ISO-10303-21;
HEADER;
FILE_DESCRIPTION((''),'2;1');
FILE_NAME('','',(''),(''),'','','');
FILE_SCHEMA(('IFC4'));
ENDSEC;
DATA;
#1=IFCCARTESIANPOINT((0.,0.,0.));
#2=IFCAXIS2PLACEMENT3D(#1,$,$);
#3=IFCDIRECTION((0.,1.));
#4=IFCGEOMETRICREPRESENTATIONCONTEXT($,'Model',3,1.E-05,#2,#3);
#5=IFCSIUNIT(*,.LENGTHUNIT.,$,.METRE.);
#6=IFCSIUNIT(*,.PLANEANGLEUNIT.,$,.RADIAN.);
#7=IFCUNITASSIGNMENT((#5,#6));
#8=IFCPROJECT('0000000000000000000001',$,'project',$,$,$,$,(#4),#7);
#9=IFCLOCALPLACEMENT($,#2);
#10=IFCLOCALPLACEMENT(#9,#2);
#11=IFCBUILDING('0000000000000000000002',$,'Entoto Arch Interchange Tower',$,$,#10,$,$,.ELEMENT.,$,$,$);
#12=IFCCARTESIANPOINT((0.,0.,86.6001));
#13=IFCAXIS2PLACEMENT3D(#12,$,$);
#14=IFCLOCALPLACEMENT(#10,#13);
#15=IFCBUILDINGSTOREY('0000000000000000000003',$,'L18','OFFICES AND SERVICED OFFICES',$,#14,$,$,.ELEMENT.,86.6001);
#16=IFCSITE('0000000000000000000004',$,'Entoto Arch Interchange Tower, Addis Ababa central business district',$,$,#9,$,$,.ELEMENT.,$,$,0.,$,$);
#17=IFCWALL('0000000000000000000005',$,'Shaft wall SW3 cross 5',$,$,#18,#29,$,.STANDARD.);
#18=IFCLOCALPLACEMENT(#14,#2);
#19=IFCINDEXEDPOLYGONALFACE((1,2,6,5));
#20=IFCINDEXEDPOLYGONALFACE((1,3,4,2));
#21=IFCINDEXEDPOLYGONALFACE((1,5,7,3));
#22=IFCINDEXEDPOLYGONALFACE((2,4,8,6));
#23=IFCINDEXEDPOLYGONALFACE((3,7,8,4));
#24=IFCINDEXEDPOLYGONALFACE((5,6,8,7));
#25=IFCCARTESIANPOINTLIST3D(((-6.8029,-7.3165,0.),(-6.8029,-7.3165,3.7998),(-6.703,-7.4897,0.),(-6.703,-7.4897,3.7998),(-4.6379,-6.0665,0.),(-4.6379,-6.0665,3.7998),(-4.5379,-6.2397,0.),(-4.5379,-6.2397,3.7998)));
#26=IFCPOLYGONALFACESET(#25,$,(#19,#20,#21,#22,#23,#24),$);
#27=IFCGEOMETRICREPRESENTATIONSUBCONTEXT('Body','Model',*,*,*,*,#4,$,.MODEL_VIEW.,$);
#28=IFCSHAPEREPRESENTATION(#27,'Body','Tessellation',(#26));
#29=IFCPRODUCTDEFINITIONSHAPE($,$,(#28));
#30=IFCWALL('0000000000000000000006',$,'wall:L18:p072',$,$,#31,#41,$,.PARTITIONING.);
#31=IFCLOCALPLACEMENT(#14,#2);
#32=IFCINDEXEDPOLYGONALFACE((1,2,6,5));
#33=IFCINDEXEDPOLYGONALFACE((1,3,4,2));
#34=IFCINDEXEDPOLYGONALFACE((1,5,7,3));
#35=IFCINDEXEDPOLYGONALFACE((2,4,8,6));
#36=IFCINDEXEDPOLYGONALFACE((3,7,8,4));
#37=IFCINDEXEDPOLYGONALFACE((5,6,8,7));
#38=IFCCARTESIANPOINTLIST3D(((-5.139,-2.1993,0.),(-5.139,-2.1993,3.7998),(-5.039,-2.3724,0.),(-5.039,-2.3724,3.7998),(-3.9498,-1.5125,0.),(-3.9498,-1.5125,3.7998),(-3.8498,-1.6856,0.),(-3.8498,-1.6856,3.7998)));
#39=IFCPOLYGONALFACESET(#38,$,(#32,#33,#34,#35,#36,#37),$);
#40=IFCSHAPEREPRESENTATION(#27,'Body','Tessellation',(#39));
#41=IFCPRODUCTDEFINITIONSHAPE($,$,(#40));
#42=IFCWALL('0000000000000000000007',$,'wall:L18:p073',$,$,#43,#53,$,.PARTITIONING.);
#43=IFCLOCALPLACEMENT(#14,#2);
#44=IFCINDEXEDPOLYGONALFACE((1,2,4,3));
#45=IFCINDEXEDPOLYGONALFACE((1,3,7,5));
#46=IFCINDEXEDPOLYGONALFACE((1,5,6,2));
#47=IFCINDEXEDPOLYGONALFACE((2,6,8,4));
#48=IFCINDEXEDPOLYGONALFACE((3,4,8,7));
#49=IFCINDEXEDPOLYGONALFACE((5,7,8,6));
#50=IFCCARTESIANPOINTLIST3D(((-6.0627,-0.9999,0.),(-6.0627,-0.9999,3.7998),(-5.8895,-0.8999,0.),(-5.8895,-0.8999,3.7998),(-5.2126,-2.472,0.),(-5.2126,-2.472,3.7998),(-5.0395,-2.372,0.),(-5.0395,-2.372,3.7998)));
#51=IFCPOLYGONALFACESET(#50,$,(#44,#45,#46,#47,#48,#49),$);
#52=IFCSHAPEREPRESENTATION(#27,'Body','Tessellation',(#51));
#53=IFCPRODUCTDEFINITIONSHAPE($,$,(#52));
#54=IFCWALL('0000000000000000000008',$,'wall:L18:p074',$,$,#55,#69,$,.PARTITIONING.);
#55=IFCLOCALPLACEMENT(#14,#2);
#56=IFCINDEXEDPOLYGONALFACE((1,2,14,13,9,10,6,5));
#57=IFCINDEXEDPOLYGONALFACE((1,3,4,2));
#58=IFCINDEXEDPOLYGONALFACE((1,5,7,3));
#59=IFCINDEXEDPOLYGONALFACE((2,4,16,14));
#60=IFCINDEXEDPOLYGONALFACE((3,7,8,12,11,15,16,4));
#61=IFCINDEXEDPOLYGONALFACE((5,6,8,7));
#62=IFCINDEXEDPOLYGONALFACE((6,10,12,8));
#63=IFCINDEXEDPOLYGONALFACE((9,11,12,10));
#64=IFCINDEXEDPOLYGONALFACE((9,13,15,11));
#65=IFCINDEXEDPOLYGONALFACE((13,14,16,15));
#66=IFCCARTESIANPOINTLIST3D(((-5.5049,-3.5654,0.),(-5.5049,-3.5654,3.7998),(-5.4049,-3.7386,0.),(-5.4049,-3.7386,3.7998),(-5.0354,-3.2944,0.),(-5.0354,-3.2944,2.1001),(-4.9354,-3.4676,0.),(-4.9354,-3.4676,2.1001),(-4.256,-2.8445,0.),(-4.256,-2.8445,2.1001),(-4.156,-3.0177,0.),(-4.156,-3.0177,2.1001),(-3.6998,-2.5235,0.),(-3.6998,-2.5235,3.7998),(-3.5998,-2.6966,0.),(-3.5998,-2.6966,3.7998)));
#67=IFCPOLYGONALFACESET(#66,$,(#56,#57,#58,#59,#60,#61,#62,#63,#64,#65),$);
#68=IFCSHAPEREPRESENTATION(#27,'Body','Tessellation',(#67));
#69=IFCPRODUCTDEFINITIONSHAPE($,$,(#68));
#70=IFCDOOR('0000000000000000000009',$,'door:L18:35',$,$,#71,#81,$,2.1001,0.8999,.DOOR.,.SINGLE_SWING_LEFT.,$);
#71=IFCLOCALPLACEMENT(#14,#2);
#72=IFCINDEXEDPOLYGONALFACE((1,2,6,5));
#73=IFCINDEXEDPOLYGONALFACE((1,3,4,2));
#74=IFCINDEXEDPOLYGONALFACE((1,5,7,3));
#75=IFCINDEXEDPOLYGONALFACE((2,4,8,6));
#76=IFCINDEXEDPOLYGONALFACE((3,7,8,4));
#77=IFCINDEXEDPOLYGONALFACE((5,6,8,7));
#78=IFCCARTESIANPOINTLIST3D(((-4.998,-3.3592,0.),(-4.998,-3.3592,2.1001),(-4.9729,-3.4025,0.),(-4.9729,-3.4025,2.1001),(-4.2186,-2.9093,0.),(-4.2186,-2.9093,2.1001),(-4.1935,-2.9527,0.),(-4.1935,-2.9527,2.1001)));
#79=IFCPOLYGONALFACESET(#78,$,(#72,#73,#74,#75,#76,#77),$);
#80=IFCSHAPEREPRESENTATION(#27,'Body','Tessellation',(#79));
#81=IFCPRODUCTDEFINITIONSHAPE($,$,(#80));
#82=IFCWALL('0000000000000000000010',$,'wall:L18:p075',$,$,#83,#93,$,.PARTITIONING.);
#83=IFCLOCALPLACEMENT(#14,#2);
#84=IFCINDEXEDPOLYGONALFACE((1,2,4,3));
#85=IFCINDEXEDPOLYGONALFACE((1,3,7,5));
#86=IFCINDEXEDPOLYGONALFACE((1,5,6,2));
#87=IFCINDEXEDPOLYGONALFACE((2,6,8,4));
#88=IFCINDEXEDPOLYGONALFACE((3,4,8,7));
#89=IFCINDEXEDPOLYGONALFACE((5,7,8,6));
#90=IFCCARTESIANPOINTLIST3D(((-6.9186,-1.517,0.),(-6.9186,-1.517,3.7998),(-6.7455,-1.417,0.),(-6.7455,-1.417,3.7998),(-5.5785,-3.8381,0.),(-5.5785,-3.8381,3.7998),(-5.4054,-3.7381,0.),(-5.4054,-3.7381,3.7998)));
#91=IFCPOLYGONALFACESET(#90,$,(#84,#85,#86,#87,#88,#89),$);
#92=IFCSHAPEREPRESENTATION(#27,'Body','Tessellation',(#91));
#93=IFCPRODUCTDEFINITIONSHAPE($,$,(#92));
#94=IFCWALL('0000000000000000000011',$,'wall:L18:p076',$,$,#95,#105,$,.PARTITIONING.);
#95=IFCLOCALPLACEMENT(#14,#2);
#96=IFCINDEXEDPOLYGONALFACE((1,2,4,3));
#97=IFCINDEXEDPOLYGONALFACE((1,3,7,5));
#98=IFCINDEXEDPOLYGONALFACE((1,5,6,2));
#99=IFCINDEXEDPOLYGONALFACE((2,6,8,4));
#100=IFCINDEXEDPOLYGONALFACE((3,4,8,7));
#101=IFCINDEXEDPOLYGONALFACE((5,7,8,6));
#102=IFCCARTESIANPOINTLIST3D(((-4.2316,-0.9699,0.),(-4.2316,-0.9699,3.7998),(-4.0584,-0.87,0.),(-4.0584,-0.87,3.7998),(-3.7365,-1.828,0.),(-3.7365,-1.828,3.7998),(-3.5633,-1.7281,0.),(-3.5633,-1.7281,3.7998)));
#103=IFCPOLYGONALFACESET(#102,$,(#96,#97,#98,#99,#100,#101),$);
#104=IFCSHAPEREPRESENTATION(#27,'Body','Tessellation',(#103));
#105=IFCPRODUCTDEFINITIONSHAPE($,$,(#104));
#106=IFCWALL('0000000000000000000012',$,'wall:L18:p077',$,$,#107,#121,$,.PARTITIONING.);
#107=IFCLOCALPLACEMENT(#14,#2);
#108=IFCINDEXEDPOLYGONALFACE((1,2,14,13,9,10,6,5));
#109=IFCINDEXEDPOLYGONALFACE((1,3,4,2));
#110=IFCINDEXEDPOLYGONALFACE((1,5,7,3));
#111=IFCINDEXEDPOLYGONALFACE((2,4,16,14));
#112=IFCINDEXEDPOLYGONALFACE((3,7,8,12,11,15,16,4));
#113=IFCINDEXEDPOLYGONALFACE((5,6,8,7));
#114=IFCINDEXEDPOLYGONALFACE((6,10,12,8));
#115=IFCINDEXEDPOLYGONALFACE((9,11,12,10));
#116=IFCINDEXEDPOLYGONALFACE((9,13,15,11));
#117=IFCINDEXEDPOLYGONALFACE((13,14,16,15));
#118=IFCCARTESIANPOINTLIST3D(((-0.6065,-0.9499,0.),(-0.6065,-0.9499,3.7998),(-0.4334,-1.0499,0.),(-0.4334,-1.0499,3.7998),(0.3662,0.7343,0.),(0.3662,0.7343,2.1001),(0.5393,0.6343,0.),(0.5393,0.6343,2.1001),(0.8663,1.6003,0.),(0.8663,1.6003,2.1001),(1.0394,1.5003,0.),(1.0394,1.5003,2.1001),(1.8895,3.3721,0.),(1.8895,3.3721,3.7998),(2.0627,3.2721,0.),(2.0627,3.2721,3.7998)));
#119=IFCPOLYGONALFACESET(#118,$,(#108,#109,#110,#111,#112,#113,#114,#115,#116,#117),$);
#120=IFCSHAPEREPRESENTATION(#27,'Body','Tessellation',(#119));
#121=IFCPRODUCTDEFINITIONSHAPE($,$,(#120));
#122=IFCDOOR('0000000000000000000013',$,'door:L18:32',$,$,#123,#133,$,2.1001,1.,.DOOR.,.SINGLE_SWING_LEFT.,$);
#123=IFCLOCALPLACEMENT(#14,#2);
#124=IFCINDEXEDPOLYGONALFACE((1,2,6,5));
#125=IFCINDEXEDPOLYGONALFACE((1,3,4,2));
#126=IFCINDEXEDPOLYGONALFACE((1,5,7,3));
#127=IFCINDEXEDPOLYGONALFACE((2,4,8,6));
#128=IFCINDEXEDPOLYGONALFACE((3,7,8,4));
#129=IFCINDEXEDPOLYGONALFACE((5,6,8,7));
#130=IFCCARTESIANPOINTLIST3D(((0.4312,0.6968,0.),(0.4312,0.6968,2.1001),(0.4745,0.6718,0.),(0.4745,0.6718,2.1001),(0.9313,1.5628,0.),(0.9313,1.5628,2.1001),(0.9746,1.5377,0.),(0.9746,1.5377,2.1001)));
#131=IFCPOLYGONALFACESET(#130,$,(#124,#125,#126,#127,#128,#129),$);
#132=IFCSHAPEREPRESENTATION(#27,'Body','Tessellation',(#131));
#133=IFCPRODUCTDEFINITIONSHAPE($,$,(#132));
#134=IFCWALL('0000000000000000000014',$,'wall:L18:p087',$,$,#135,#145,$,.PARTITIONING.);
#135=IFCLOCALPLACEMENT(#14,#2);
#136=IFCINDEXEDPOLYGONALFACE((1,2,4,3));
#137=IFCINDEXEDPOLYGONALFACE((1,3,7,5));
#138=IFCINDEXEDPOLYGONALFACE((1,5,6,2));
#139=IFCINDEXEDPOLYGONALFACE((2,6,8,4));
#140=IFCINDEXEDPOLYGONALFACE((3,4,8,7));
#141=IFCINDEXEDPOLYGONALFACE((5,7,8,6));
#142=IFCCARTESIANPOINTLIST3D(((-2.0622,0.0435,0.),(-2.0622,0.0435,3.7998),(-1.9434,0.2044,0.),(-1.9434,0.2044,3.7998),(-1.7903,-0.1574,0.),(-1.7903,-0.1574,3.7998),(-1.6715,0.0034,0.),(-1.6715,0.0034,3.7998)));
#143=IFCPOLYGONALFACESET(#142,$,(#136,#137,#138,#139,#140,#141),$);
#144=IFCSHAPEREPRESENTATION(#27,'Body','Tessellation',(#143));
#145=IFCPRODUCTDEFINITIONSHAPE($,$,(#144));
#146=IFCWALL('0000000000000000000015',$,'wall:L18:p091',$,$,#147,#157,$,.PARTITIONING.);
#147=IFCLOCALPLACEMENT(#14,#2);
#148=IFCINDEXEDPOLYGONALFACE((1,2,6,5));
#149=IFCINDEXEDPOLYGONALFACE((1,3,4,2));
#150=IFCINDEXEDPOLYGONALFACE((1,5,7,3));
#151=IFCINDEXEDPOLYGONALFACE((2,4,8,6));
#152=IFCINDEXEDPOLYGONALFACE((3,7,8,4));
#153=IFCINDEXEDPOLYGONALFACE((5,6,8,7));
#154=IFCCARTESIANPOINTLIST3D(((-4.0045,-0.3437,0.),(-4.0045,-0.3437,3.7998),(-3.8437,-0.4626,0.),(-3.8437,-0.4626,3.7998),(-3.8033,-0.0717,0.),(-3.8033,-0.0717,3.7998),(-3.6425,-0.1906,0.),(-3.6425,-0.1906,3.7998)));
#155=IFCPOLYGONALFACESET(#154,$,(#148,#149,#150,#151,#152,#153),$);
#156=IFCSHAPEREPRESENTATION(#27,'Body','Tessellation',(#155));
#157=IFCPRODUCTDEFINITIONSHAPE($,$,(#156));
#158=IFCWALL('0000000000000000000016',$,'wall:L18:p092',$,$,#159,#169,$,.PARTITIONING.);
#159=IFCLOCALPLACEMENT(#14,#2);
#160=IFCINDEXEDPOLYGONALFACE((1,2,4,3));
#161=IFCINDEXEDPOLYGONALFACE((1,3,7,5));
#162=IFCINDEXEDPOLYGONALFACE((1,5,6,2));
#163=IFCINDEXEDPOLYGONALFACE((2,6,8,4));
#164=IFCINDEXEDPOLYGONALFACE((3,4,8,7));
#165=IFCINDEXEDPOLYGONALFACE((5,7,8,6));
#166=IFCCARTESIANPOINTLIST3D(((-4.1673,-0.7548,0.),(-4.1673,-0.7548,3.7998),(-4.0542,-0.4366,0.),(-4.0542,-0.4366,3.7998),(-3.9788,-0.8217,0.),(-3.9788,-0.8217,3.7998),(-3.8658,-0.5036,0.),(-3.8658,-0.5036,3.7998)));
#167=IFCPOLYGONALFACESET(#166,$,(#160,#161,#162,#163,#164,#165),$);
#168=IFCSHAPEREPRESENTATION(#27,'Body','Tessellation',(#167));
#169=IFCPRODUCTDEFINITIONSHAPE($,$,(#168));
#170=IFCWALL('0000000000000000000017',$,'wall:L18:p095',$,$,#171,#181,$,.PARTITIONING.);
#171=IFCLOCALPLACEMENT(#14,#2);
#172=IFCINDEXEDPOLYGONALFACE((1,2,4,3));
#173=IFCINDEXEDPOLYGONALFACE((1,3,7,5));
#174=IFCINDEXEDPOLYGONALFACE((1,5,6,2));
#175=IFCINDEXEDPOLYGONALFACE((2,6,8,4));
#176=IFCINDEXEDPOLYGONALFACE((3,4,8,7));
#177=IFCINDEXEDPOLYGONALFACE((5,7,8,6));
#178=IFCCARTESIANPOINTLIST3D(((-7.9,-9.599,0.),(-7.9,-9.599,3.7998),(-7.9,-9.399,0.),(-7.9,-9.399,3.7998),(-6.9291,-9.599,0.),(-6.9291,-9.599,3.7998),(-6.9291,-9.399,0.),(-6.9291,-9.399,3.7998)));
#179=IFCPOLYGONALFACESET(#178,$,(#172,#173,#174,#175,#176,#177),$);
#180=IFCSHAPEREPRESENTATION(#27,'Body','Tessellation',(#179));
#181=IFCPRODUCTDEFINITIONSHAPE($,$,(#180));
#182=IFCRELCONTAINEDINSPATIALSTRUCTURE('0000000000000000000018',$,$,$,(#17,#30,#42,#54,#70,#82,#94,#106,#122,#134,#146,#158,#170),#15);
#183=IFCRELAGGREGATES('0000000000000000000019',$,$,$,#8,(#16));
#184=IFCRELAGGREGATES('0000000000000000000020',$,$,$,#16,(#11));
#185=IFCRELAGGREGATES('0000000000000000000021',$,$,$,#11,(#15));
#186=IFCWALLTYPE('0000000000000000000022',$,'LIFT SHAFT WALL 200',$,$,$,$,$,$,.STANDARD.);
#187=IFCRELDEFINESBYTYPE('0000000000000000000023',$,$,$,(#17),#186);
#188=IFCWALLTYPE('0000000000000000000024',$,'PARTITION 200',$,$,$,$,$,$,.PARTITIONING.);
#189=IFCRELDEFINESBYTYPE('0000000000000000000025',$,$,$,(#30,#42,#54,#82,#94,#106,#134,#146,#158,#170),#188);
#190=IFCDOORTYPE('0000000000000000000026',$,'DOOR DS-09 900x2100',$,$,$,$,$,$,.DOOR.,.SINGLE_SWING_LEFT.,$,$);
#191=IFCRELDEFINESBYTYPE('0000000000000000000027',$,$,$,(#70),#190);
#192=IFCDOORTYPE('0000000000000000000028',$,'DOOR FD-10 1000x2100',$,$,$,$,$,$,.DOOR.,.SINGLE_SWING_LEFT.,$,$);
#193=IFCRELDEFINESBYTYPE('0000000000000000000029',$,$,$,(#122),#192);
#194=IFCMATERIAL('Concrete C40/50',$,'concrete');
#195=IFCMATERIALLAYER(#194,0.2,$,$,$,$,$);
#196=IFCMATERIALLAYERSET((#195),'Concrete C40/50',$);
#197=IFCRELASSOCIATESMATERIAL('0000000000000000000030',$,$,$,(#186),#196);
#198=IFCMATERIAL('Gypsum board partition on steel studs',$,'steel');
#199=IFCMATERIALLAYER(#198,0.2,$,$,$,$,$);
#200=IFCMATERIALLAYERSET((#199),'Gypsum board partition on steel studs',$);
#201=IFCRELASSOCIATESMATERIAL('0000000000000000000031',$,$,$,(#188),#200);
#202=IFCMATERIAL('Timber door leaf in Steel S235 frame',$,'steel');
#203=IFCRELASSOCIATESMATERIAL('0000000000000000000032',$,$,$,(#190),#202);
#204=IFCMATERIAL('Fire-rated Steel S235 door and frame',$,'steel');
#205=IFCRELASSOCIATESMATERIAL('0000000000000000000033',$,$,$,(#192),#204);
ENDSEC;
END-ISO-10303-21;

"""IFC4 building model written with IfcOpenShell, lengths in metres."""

from ifc_helpers import new_model, si_unit, direction, frame, frame_2d, origin, place, context, subcontext, project, spatial, rectangle, extrude, material, layer, layer_set, type_object, element, fill, save


model = new_model("IFC4")

# Units and contexts
model_context = context("Model", 3, precision=1e-05, world=origin(), true_north=direction((0.0, 1.0)))
body_context = subcontext(model_context, "Body", "Model", "MODEL_VIEW")
ifc_project = project(units=[si_unit("LENGTHUNIT", "METRE"), si_unit("PLANEANGLEUNIT", "RADIAN")], contexts=[model_context])

# Site, building, storey
site_placement = place(None, origin())
site = spatial("IfcSite", under=ifc_project, at=site_placement, Name="Entoto Arch Interchange Tower, Addis Ababa central business district", CompositionType="ELEMENT", RefElevation=0.0)
building_placement = place(site_placement, origin())
building = spatial("IfcBuilding", under=site, at=building_placement, Name="Entoto Arch Interchange Tower", CompositionType="ELEMENT")
storey_placement = place(building_placement, frame((0.0, 0.0, 86.6001)))
storey = spatial("IfcBuildingStorey", under=building, at=storey_placement, Name="L18", Description="OFFICES AND SERVICED OFFICES", CompositionType="ELEMENT", Elevation=86.6001)

# Shared definitions
ifc_material_1 = material(Name="Concrete C40/50", Category="concrete")

# Walls
ifc_layer_1 = layer(ifc_material_1, 0.2)
ifc_layer_set_1 = layer_set([ifc_layer_1], Name="Concrete C40/50")
wall_type_1 = type_object("IfcWallType", Name="LIFT SHAFT WALL 200", PredefinedType="STANDARD", material=ifc_layer_set_1)
for number, where, z_axis, x_axis, name in (
    (1, (-4.5879, -6.1531, 0.0), (0.0, 0.0, 1.0), (-0.866023, -0.500004, 0.0), "Shaft wall SW3 cross 5"),
):
    element("IfcWall", number, at=place(storey_placement, frame(where, z_axis=z_axis, x_axis=x_axis)), inside=storey, type_object=wall_type_1, Name=name, PredefinedType="STANDARD", context=body_context, shape_type="SweptSolid", body=[
        extrude(rectangle(XDim=2.5, YDim=0.2, at=frame_2d((1.25, 0.0))), origin(), (0.0, 0.0, 1.0), 3.7998),
    ])
ifc_material_2 = material(Name="Gypsum board partition on steel studs", Category="steel")
ifc_layer_2 = layer(ifc_material_2, 0.2)
ifc_layer_set_2 = layer_set([ifc_layer_2], Name="Gypsum board partition on steel studs")
wall_type_2 = type_object("IfcWallType", Name="PARTITION 200", PredefinedType="PARTITIONING", material=ifc_layer_set_2)
wall_1_placement = place(storey_placement, frame((-3.8999, -1.5991, 0.0), z_axis=(0.0, 0.0, 1.0), x_axis=(-0.865969, -0.500097, 0.0)))
element("IfcWall", 2, at=wall_1_placement, inside=storey, type_object=wall_type_2, Name="wall:L18:p072", PredefinedType="PARTITIONING", context=body_context, shape_type="SweptSolid", body=[
    extrude(rectangle(XDim=1.3733, YDim=0.2, at=frame_2d((0.6865, 0.0))), origin(), (0.0, 0.0, 1.0), 3.7998),
])
wall_2_placement = place(storey_placement, frame((-5.126, -2.4221, 0.0), z_axis=(0.0, 0.0, 1.0), x_axis=(-0.500062, 0.865989, 0.0)))
element("IfcWall", 3, at=wall_2_placement, inside=storey, type_object=wall_type_2, Name="wall:L18:p073", PredefinedType="PARTITIONING", context=body_context, shape_type="SweptSolid", body=[
    extrude(rectangle(XDim=1.7, YDim=0.2, at=frame_2d((0.8501, 0.0))), origin(), (0.0, 0.0, 1.0), 3.7998),
])

# Wall, opening, door
wall_3_placement = place(storey_placement, frame((-3.6499, -2.6101, 0.0), z_axis=(0.0, 0.0, 1.0), x_axis=(-0.866072, -0.499918, 0.0)))
wall_3 = element("IfcWall", 4, at=wall_3_placement, inside=storey, type_object=wall_type_2, Name="wall:L18:p074", PredefinedType="PARTITIONING", context=body_context, shape_type="SweptSolid", body=[
    extrude(rectangle(XDim=2.0842, YDim=0.2, at=frame_2d((1.042, 0.0))), origin(), (0.0, 0.0, 1.0), 3.7998),
])
opening_1_placement = place(wall_3_placement, frame((0.6421, 0.0, 0.0)))
opening_1 = element("IfcOpeningElement", 5, at=opening_1_placement, cuts=wall_3, PredefinedType="OPENING", context=body_context, shape_type="SweptSolid", body=[
    extrude(rectangle(XDim=0.8999, YDim=2.1001, at=frame_2d((0.45, 1.05))), frame((0.0, 0.1099, 0.0), z_axis=(0.0, -1.0, 0.0), x_axis=(1.0, 0.0, 0.0)), (0.0, 0.0, 1.0), 0.22),
])
ifc_material_3 = material(Name="Timber door leaf in Steel S235 frame", Category="steel")
door_type_1 = type_object("IfcDoorType", Name="DOOR DS-09 900x2100", OperationType="SINGLE_SWING_LEFT", PredefinedType="DOOR", material=ifc_material_3)
door_1_placement = place(opening_1_placement, origin())
door_1 = element("IfcDoor", 6, at=door_1_placement, inside=storey, type_object=door_type_1, Name="door:L18:35", OperationType="SINGLE_SWING_LEFT", OverallHeight=2.1001, OverallWidth=0.8999, PredefinedType="DOOR", context=body_context, shape_type="SweptSolid", body=[
    extrude(rectangle(XDim=0.8999, YDim=2.1001, at=frame_2d((0.45, 1.05))), frame((0.0, 0.0249, 0.0), z_axis=(0.0, -1.0, 0.0), x_axis=(1.0, 0.0, 0.0)), (0.0, 0.0, 1.0), 0.05),
])
fill(opening_1, door_1)

# Walls
wall_4_placement = place(storey_placement, frame((-5.4919, -3.7881, 0.0), z_axis=(0.0, 0.0, 1.0), x_axis=(-0.500009, 0.86602, 0.0)))
element("IfcWall", 7, at=wall_4_placement, inside=storey, type_object=wall_type_2, Name="wall:L18:p075", PredefinedType="PARTITIONING", context=body_context, shape_type="SweptSolid", body=[
    extrude(rectangle(XDim=2.6802, YDim=0.2, at=frame_2d((1.3401, 0.0))), origin(), (0.0, 0.0, 1.0), 3.7998),
])
wall_5_placement = place(storey_placement, frame((-4.145, -0.9199, 0.0), z_axis=(0.0, 0.0, 1.0), x_axis=(0.499744, -0.866173, 0.0)))
element("IfcWall", 8, at=wall_5_placement, inside=storey, type_object=wall_type_2, Name="wall:L18:p076", PredefinedType="PARTITIONING", context=body_context, shape_type="SweptSolid", body=[
    extrude(rectangle(XDim=0.9907, YDim=0.2, at=frame_2d((0.4954, 0.0))), origin(), (0.0, 0.0, 1.0), 3.7998),
])

# Wall, opening, door
wall_6_placement = place(storey_placement, frame((-0.52, -1.0, 0.0), z_axis=(0.0, 0.0, 1.0), x_axis=(0.500116, 0.865958, 0.0)))
wall_6 = element("IfcWall", 9, at=wall_6_placement, inside=storey, type_object=wall_type_2, Name="wall:L18:p077", PredefinedType="PARTITIONING", context=body_context, shape_type="SweptSolid", body=[
    extrude(rectangle(XDim=4.991, YDim=0.2, at=frame_2d((2.4956, 0.0))), origin(), (0.0, 0.0, 1.0), 3.7998),
])
opening_2_placement = place(wall_6_placement, frame((1.9451, 0.0, 0.0)))
opening_2 = element("IfcOpeningElement", 10, at=opening_2_placement, cuts=wall_6, PredefinedType="OPENING", context=body_context, shape_type="SweptSolid", body=[
    extrude(rectangle(XDim=1.0, YDim=2.1001, at=frame_2d((0.5, 1.05))), frame((0.0, 0.1099, 0.0), z_axis=(0.0, -1.0, 0.0), x_axis=(1.0, 0.0, 0.0)), (0.0, 0.0, 1.0), 0.22),
])
ifc_material_4 = material(Name="Fire-rated Steel S235 door and frame", Category="steel")
door_type_2 = type_object("IfcDoorType", Name="DOOR FD-10 1000x2100", OperationType="SINGLE_SWING_LEFT", PredefinedType="DOOR", material=ifc_material_4)
door_2_placement = place(opening_2_placement, origin())
door_2 = element("IfcDoor", 11, at=door_2_placement, inside=storey, type_object=door_type_2, Name="door:L18:32", OperationType="SINGLE_SWING_LEFT", OverallHeight=2.1001, OverallWidth=1.0, PredefinedType="DOOR", context=body_context, shape_type="SweptSolid", body=[
    extrude(rectangle(XDim=1.0, YDim=2.1001, at=frame_2d((0.5, 1.05))), frame((0.0, 0.0249, 0.0), z_axis=(0.0, -1.0, 0.0), x_axis=(1.0, 0.0, 0.0)), (0.0, 0.0, 1.0), 0.05),
])
fill(opening_2, door_2)

# Walls
wall_7_placement = place(storey_placement, frame((-1.731, -0.0769, 0.0), z_axis=(0.0, 0.0, 1.0), x_axis=(-0.804311, 0.594208, 0.0)))
element("IfcWall", 12, at=wall_7_placement, inside=storey, type_object=wall_type_2, Name="wall:L18:p087", PredefinedType="PARTITIONING", context=body_context, shape_type="SweptSolid", body=[
    extrude(rectangle(XDim=0.3381, YDim=0.2, at=frame_2d((0.1689, 0.0))), origin(), (0.0, 0.0, 1.0), 3.7998),
])
wall_8_placement = place(storey_placement, frame((-3.7229, -0.1311, 0.0), z_axis=(0.0, 0.0, 1.0), x_axis=(-0.594675, -0.803966, 0.0)))
element("IfcWall", 13, at=wall_8_placement, inside=storey, type_object=wall_type_2, Name="wall:L18:p091", PredefinedType="PARTITIONING", context=body_context, shape_type="SweptSolid", body=[
    extrude(rectangle(XDim=0.3384, YDim=0.2, at=frame_2d((0.1692, 0.0))), origin(), (0.0, 0.0, 1.0), 3.7998),
])
wall_9_placement = place(storey_placement, frame((-3.96, -0.47, 0.0), z_axis=(0.0, 0.0, 1.0), x_axis=(-0.334824, -0.942281, 0.0)))
element("IfcWall", 14, at=wall_9_placement, inside=storey, type_object=wall_type_2, Name="wall:L18:p092", PredefinedType="PARTITIONING", context=body_context, shape_type="SweptSolid", body=[
    extrude(rectangle(XDim=0.3376, YDim=0.2, at=frame_2d((0.1689, 0.0))), origin(), (0.0, 0.0, 1.0), 3.7998),
])
wall_10_placement = place(storey_placement, frame((-7.8999, -9.499, 0.0), z_axis=(0.0, 0.0, 1.0), x_axis=(1.0, 0.0, 0.0)))
element("IfcWall", 15, at=wall_10_placement, inside=storey, type_object=wall_type_2, Name="wall:L18:p095", PredefinedType="PARTITIONING", context=body_context, shape_type="SweptSolid", body=[
    extrude(rectangle(XDim=0.9709, YDim=0.2, at=frame_2d((0.4854, 0.0))), origin(), (0.0, 0.0, 1.0), 3.7998),
])

save(model, "model.ifc")
